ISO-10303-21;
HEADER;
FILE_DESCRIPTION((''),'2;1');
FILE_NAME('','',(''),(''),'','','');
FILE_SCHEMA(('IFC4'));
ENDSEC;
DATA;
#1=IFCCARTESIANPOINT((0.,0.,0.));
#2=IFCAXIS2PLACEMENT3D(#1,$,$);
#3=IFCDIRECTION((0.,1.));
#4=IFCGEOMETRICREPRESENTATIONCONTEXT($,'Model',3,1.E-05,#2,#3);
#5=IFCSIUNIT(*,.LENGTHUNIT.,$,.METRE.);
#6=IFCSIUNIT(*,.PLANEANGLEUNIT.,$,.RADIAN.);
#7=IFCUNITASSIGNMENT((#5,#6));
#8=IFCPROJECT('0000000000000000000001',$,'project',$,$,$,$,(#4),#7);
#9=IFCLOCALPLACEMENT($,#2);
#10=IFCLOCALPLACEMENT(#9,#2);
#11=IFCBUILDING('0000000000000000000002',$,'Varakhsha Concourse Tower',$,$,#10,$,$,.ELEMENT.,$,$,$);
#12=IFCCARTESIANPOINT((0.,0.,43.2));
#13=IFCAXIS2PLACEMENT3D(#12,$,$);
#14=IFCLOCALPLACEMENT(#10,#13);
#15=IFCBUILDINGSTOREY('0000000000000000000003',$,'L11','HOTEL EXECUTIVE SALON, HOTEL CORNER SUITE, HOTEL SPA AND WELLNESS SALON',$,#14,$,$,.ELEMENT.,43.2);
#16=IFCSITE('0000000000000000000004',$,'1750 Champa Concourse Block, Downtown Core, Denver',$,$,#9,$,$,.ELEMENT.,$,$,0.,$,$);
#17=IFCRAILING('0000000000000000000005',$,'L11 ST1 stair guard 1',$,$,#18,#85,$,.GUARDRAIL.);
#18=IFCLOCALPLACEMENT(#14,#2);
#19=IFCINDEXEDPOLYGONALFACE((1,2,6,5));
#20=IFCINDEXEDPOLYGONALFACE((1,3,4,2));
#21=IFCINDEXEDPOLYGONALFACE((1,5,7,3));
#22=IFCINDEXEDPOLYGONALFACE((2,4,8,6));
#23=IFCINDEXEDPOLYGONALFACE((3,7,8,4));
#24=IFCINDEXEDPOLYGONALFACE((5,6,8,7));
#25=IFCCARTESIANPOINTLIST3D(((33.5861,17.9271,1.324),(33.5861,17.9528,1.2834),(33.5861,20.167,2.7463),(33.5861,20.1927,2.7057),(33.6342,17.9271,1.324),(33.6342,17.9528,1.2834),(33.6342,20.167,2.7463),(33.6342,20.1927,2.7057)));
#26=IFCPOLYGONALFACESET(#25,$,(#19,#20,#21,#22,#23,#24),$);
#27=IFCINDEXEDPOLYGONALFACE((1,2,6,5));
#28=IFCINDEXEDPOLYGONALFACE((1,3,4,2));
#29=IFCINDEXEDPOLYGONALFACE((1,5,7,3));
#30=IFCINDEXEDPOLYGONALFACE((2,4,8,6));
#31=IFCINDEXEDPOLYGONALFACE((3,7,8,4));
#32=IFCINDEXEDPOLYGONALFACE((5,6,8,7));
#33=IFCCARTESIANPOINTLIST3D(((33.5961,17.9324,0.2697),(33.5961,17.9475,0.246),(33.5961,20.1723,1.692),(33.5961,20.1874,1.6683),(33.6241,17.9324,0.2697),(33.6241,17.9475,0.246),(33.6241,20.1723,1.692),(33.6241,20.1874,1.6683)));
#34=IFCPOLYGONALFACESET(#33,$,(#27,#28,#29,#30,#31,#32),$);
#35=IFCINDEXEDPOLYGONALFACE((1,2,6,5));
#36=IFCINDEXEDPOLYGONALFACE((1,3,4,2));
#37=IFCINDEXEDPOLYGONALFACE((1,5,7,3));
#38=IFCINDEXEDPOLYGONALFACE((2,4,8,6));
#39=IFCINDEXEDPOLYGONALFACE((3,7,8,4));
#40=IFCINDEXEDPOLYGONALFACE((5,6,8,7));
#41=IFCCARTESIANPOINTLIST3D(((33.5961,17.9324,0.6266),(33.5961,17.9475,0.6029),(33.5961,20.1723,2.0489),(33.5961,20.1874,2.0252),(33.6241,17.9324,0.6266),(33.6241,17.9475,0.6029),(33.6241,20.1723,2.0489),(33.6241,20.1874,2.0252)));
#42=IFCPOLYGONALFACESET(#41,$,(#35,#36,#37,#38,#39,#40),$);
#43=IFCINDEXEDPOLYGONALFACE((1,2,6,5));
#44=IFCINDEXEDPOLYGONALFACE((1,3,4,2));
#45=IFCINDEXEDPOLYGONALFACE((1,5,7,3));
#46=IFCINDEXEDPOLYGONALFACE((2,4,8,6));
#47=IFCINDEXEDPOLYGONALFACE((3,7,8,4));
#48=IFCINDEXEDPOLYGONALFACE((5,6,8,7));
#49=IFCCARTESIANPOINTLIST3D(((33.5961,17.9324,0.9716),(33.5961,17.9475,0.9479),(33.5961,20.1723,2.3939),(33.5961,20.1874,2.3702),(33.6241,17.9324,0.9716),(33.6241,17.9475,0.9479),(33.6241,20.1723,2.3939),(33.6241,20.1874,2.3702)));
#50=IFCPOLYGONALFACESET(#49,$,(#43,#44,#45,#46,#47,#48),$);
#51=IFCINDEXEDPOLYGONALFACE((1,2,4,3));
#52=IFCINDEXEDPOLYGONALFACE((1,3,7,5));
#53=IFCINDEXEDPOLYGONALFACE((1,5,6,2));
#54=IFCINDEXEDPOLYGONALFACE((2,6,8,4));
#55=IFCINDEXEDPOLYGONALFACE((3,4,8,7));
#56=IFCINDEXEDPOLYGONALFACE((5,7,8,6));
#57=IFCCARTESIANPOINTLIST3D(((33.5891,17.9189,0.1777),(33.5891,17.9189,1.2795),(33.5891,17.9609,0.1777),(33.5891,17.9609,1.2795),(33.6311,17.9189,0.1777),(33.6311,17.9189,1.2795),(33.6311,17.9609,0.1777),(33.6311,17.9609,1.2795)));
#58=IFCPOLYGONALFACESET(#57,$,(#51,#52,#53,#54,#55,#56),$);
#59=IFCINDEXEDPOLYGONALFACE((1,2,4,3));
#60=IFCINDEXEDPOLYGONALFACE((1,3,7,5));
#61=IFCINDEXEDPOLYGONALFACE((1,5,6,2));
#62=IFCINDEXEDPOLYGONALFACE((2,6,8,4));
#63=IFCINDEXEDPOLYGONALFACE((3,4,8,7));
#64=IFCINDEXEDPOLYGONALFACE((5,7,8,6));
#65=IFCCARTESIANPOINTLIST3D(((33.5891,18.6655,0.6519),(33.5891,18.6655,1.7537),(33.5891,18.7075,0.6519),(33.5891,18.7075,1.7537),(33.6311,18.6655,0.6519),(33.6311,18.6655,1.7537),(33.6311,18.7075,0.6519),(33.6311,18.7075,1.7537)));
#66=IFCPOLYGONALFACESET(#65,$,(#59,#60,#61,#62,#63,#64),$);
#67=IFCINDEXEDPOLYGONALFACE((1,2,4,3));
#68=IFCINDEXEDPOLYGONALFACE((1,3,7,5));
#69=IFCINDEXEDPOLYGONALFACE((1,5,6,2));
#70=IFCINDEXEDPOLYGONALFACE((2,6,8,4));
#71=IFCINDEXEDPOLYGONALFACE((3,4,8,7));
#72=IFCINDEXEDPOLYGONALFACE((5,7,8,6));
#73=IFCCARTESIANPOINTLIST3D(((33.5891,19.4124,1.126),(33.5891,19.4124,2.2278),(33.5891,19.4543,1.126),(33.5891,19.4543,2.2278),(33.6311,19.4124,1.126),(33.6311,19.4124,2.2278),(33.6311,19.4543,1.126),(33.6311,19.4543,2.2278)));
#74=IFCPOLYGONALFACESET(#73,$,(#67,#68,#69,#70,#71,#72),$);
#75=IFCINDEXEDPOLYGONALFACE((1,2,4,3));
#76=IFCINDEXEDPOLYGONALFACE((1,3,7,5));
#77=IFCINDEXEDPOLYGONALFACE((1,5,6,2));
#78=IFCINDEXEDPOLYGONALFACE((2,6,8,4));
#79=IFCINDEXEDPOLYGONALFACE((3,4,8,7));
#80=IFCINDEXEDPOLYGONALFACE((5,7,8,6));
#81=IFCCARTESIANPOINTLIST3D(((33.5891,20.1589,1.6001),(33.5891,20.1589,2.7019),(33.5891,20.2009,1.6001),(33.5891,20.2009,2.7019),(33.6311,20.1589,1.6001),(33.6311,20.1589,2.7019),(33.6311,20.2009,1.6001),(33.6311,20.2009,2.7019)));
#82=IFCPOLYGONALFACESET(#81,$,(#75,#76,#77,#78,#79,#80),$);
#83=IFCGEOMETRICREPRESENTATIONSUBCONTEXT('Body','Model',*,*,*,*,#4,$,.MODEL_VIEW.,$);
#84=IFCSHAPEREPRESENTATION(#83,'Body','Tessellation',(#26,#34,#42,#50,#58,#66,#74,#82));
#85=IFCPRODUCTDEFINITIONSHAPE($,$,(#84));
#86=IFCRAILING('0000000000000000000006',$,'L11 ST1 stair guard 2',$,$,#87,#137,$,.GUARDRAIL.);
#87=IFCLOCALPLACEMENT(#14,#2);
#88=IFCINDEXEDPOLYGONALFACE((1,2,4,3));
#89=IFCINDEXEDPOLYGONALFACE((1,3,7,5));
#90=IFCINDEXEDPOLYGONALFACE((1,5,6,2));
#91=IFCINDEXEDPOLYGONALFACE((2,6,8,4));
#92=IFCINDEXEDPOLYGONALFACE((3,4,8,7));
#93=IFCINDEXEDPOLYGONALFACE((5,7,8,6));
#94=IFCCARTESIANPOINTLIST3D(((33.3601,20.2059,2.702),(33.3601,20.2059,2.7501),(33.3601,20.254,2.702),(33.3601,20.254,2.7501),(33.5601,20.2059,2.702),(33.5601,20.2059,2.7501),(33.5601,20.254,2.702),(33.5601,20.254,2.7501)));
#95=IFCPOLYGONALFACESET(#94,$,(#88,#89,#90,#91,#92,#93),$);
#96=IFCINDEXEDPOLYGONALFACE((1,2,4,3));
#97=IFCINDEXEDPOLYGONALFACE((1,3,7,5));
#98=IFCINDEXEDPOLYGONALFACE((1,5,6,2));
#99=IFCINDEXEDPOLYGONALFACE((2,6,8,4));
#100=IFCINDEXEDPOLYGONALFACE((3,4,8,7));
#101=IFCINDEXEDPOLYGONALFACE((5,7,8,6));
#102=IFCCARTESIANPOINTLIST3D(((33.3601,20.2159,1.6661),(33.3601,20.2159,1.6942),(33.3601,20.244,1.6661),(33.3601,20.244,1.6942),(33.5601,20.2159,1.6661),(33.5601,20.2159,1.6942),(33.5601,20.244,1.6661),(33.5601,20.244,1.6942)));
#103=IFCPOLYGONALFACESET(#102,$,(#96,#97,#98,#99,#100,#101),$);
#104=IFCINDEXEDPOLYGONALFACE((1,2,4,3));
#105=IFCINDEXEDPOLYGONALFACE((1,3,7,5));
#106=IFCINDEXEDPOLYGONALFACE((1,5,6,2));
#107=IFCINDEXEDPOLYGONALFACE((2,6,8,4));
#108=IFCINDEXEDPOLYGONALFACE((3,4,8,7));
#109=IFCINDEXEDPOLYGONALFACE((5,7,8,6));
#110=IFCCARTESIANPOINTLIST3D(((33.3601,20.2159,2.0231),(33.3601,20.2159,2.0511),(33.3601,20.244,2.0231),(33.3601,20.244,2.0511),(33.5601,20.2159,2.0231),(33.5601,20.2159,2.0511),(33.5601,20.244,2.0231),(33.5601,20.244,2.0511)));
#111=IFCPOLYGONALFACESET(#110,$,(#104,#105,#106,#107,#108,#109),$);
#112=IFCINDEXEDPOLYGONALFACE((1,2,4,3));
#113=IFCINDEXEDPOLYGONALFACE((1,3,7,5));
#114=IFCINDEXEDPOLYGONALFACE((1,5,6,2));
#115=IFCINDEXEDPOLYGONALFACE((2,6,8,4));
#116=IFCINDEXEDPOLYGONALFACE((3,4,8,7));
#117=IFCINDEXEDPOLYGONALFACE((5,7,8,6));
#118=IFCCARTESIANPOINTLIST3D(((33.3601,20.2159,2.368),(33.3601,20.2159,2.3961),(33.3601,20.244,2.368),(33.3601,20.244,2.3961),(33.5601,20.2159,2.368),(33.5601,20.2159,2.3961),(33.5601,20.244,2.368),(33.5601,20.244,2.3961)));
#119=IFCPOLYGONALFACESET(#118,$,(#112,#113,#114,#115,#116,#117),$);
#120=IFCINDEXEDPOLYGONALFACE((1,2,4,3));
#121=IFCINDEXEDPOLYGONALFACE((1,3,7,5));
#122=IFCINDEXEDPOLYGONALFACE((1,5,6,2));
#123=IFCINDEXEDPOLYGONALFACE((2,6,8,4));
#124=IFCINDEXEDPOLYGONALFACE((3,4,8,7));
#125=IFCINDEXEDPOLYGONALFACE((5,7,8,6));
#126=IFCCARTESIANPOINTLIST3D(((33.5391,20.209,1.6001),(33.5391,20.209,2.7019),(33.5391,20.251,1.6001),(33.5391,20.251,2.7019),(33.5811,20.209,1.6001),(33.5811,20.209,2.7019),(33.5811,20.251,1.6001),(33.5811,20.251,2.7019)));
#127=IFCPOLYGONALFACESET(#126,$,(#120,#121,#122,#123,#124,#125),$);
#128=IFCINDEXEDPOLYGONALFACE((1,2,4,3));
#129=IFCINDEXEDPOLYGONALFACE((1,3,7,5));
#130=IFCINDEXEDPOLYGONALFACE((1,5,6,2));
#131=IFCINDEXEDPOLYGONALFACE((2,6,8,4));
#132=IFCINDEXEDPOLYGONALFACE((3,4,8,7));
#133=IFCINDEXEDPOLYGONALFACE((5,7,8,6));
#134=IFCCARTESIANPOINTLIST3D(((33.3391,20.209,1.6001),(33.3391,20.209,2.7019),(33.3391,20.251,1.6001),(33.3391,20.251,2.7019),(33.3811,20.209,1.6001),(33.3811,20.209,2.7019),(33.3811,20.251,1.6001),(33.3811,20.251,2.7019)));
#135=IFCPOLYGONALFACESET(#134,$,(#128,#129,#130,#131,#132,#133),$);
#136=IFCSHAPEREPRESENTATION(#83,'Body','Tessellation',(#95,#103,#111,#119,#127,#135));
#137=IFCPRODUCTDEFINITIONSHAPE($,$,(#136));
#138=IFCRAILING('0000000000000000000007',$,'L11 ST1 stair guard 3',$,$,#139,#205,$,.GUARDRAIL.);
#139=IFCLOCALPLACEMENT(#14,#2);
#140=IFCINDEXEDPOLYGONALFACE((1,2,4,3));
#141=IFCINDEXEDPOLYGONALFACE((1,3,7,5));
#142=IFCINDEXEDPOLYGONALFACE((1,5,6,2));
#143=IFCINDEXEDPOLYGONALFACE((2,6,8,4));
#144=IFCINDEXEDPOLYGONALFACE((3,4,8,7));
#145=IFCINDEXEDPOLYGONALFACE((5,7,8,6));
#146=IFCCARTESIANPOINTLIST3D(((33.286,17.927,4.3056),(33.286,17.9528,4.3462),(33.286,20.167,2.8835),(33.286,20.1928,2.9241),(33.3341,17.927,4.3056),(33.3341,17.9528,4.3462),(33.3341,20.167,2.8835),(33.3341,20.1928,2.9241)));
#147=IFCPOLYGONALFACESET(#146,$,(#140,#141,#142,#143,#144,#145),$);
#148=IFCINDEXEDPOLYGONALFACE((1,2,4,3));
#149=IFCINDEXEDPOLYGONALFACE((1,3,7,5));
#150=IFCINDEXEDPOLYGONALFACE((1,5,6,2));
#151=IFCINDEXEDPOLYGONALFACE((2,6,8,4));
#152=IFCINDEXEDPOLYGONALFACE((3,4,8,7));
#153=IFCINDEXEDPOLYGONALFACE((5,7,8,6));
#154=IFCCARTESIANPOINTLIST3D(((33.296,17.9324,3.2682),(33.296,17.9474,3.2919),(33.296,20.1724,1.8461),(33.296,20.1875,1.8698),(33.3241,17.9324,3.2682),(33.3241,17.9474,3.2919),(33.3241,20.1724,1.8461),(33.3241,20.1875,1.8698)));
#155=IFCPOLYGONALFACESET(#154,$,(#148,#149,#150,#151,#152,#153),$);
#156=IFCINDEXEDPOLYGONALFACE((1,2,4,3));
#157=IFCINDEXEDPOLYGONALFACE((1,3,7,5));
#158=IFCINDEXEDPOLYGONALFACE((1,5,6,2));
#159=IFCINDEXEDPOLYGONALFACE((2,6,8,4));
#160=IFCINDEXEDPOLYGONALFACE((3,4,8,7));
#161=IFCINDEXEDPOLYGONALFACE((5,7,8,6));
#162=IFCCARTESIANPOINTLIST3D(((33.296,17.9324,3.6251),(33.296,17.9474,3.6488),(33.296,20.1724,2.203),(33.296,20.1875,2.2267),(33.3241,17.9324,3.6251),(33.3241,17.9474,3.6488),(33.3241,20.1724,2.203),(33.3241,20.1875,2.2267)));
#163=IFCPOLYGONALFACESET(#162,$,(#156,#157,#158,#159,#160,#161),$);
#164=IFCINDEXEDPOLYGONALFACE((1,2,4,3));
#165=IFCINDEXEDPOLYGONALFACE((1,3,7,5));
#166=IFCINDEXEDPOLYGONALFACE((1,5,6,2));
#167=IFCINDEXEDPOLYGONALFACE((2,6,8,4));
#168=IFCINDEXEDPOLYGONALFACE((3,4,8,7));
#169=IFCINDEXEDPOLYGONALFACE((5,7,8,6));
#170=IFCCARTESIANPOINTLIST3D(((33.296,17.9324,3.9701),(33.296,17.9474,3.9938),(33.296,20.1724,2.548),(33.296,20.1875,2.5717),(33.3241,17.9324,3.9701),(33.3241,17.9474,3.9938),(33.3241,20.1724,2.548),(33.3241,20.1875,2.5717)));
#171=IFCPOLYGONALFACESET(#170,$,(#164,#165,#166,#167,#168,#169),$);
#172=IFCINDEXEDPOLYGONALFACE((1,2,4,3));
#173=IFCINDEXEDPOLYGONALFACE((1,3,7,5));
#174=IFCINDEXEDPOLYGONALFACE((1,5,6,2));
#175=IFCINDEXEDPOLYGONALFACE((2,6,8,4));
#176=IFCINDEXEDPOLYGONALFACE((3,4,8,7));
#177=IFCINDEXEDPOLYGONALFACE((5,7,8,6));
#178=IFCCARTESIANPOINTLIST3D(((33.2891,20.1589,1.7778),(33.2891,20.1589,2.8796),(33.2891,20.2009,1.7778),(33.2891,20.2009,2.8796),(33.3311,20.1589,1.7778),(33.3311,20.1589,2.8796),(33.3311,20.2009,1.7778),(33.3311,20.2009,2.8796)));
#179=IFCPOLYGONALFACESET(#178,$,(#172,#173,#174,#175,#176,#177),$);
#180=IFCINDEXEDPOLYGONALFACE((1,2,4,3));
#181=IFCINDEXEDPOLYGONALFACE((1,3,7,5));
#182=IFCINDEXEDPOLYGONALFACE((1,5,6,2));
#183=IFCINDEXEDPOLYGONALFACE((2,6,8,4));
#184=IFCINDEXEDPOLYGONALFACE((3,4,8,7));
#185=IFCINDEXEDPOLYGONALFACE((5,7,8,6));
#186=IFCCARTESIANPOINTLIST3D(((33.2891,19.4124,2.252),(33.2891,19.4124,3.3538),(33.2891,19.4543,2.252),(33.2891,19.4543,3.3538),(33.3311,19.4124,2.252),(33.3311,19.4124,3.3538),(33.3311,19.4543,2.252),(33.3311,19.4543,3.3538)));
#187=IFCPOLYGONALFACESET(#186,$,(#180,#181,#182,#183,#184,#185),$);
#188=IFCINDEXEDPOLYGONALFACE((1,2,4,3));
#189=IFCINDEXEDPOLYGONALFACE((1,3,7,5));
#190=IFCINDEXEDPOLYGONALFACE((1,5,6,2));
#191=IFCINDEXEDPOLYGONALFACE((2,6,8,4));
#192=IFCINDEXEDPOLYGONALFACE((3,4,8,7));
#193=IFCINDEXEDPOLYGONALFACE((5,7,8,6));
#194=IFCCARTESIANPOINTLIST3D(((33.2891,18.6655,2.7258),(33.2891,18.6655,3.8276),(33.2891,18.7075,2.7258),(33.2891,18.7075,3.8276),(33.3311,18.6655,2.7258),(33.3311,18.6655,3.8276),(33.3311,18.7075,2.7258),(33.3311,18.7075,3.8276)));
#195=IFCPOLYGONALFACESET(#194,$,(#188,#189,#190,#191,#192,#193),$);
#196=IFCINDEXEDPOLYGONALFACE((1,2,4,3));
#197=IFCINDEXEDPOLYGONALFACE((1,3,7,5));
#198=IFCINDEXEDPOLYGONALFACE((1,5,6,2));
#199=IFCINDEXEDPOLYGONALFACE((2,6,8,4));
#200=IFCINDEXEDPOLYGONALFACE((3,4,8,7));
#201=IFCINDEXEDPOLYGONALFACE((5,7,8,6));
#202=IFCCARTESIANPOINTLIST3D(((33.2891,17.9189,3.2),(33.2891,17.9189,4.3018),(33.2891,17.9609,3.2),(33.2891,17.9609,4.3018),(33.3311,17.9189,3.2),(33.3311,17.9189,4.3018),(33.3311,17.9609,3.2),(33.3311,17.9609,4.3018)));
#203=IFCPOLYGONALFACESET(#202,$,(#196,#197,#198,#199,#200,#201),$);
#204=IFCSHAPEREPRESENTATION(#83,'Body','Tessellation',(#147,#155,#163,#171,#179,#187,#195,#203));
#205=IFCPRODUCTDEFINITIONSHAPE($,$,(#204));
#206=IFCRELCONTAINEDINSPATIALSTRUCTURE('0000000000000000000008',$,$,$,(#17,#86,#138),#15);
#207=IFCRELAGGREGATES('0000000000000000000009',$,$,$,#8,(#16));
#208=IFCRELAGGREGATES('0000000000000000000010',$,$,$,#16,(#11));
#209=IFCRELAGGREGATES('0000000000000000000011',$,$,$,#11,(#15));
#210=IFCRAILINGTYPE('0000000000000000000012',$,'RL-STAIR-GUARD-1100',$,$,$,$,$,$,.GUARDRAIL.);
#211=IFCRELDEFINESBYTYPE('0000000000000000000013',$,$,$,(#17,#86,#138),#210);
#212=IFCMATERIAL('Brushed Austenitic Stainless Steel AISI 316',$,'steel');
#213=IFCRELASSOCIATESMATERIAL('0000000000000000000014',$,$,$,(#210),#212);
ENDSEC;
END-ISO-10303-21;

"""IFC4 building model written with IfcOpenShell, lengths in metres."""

from ifc_helpers import new_model, si_unit, direction, frame, origin, origin_2d, place, context, subcontext, project, spatial, rectangle, extrude, material, type_object, element, save


model = new_model("IFC4")

# Units and contexts
model_context = context("Model", 3, precision=1e-05, world=origin(), true_north=direction((0.0, 1.0)))
body_context = subcontext(model_context, "Body", "Model", "MODEL_VIEW")
ifc_project = project(units=[si_unit("LENGTHUNIT", "METRE"), si_unit("PLANEANGLEUNIT", "RADIAN")], contexts=[model_context])

# Site, building, storey
site_placement = place(None, origin())
site = spatial("IfcSite", under=ifc_project, at=site_placement, Name="1750 Champa Concourse Block, Downtown Core, Denver", CompositionType="ELEMENT", RefElevation=0.0)
building_placement = place(site_placement, origin())
building = spatial("IfcBuilding", under=site, at=building_placement, Name="Varakhsha Concourse Tower", CompositionType="ELEMENT")
storey_placement = place(building_placement, frame((0.0, 0.0, 43.2)))
storey = spatial("IfcBuildingStorey", under=building, at=storey_placement, Name="L11", Description="HOTEL EXECUTIVE SALON, HOTEL CORNER SUITE, HOTEL SPA AND WELLNESS SALON", CompositionType="ELEMENT", Elevation=43.2)

# Shared definitions
ifc_material_1 = material(Name="Brushed Austenitic Stainless Steel AISI 316", Category="steel")

# Railings
railing_type_1 = type_object("IfcRailingType", Name="RL-STAIR-GUARD-1100", PredefinedType="GUARDRAIL", material=ifc_material_1)
railing_1_placement = place(storey_placement, frame((33.6101, 17.9399, 0.1777)))
element("IfcRailing", 1, at=railing_1_placement, inside=storey, type_object=railing_type_1, Name="L11 ST1 stair guard 1", PredefinedType="GUARDRAIL", context=body_context, shape_type="SweptSolid", body=[
    extrude(rectangle(XDim=0.0481, YDim=0.0481, at=origin_2d()), frame((0.0, 0.0, 1.126), z_axis=(0.0, 0.844188, 0.536048), x_axis=(-1.0, 0.0, 0.0)), (0.0, 0.0, 1.0), 2.6533),
    extrude(rectangle(XDim=0.0281, YDim=0.0281, at=origin_2d()), frame((0.0, 0.0, 0.0801), z_axis=(0.0, 0.844188, 0.536048), x_axis=(-1.0, 0.0, 0.0)), (0.0, 0.0, 1.0), 2.6533),
    extrude(rectangle(XDim=0.0281, YDim=0.0281, at=origin_2d()), frame((0.0, 0.0, 0.437), z_axis=(0.0, 0.844188, 0.536048), x_axis=(-1.0, 0.0, 0.0)), (0.0, 0.0, 1.0), 2.6533),
    extrude(rectangle(XDim=0.0281, YDim=0.0281, at=origin_2d()), frame((0.0, 0.0, 0.782), z_axis=(0.0, 0.844188, 0.536048), x_axis=(-1.0, 0.0, 0.0)), (0.0, 0.0, 1.0), 2.6533),
    extrude(rectangle(XDim=0.042, YDim=0.042, at=origin_2d()), origin(), (0.0, 0.0, 1.0), 1.1018),
    extrude(rectangle(XDim=0.042, YDim=0.042, at=origin_2d()), frame((0.0, 0.7466, 0.4741)), (0.0, 0.0, 1.0), 1.1018),
    extrude(rectangle(XDim=0.042, YDim=0.042, at=origin_2d()), frame((0.0, 1.4934, 0.9482)), (0.0, 0.0, 1.0), 1.1018),
    extrude(rectangle(XDim=0.042, YDim=0.042, at=origin_2d()), frame((0.0, 2.24, 1.4224)), (0.0, 0.0, 1.0), 1.1018),
])
railing_2_placement = place(storey_placement, frame((33.5601, 20.23, 1.6001)))
element("IfcRailing", 2, at=railing_2_placement, inside=storey, type_object=railing_type_1, Name="L11 ST1 stair guard 2", PredefinedType="GUARDRAIL", context=body_context, shape_type="SweptSolid", body=[
    extrude(rectangle(XDim=0.0481, YDim=0.0481, at=origin_2d()), frame((0.0, 0.0, 1.126), z_axis=(-1.0, 0.0, 0.0), x_axis=(0.0, -1.0, 0.0)), (0.0, 0.0, 1.0), 0.2),
    extrude(rectangle(XDim=0.0281, YDim=0.0281, at=origin_2d()), frame((0.0, 0.0, 0.0801), z_axis=(-1.0, 0.0, 0.0), x_axis=(0.0, -1.0, 0.0)), (0.0, 0.0, 1.0), 0.2),
    extrude(rectangle(XDim=0.0281, YDim=0.0281, at=origin_2d()), frame((0.0, 0.0, 0.437), z_axis=(-1.0, 0.0, 0.0), x_axis=(0.0, -1.0, 0.0)), (0.0, 0.0, 1.0), 0.2),
    extrude(rectangle(XDim=0.0281, YDim=0.0281, at=origin_2d()), frame((0.0, 0.0, 0.782), z_axis=(-1.0, 0.0, 0.0), x_axis=(0.0, -1.0, 0.0)), (0.0, 0.0, 1.0), 0.2),
    extrude(rectangle(XDim=0.042, YDim=0.042, at=origin_2d()), origin(), (0.0, 0.0, 1.0), 1.1018),
    extrude(rectangle(XDim=0.042, YDim=0.042, at=origin_2d()), frame((-0.2, 0.0, 0.0)), (0.0, 0.0, 1.0), 1.1018),
])
railing_3_placement = place(storey_placement, frame((33.3101, 20.1799, 1.7778)))
element("IfcRailing", 3, at=railing_3_placement, inside=storey, type_object=railing_type_1, Name="L11 ST1 stair guard 3", PredefinedType="GUARDRAIL", context=body_context, shape_type="SweptSolid", body=[
    extrude(rectangle(XDim=0.0481, YDim=0.0481, at=origin_2d()), frame((0.0, 0.0, 1.126), z_axis=(0.0, -0.844229, 0.535982), x_axis=(1.0, 0.0, 0.0)), (0.0, 0.0, 1.0), 2.6533),
    extrude(rectangle(XDim=0.0281, YDim=0.0281, at=origin_2d()), frame((0.0, 0.0, 0.0801), z_axis=(0.0, -0.844229, 0.535982), x_axis=(1.0, 0.0, 0.0)), (0.0, 0.0, 1.0), 2.6533),
    extrude(rectangle(XDim=0.0281, YDim=0.0281, at=origin_2d()), frame((0.0, 0.0, 0.437), z_axis=(0.0, -0.844229, 0.535982), x_axis=(1.0, 0.0, 0.0)), (0.0, 0.0, 1.0), 2.6533),
    extrude(rectangle(XDim=0.0281, YDim=0.0281, at=origin_2d()), frame((0.0, 0.0, 0.782), z_axis=(0.0, -0.844229, 0.535982), x_axis=(1.0, 0.0, 0.0)), (0.0, 0.0, 1.0), 2.6533),
    extrude(rectangle(XDim=0.042, YDim=0.042, at=origin_2d()), origin(), (0.0, 0.0, 1.0), 1.1018),
    extrude(rectangle(XDim=0.042, YDim=0.042, at=origin_2d()), frame((0.0, -0.7466, 0.4741)), (0.0, 0.0, 1.0), 1.1018),
    extrude(rectangle(XDim=0.042, YDim=0.042, at=origin_2d()), frame((0.0, -1.4934, 0.948)), (0.0, 0.0, 1.0), 1.1018),
    extrude(rectangle(XDim=0.042, YDim=0.042, at=origin_2d()), frame((0.0, -2.24, 1.4221)), (0.0, 0.0, 1.0), 1.1018),
])

save(model, "model.ifc")
